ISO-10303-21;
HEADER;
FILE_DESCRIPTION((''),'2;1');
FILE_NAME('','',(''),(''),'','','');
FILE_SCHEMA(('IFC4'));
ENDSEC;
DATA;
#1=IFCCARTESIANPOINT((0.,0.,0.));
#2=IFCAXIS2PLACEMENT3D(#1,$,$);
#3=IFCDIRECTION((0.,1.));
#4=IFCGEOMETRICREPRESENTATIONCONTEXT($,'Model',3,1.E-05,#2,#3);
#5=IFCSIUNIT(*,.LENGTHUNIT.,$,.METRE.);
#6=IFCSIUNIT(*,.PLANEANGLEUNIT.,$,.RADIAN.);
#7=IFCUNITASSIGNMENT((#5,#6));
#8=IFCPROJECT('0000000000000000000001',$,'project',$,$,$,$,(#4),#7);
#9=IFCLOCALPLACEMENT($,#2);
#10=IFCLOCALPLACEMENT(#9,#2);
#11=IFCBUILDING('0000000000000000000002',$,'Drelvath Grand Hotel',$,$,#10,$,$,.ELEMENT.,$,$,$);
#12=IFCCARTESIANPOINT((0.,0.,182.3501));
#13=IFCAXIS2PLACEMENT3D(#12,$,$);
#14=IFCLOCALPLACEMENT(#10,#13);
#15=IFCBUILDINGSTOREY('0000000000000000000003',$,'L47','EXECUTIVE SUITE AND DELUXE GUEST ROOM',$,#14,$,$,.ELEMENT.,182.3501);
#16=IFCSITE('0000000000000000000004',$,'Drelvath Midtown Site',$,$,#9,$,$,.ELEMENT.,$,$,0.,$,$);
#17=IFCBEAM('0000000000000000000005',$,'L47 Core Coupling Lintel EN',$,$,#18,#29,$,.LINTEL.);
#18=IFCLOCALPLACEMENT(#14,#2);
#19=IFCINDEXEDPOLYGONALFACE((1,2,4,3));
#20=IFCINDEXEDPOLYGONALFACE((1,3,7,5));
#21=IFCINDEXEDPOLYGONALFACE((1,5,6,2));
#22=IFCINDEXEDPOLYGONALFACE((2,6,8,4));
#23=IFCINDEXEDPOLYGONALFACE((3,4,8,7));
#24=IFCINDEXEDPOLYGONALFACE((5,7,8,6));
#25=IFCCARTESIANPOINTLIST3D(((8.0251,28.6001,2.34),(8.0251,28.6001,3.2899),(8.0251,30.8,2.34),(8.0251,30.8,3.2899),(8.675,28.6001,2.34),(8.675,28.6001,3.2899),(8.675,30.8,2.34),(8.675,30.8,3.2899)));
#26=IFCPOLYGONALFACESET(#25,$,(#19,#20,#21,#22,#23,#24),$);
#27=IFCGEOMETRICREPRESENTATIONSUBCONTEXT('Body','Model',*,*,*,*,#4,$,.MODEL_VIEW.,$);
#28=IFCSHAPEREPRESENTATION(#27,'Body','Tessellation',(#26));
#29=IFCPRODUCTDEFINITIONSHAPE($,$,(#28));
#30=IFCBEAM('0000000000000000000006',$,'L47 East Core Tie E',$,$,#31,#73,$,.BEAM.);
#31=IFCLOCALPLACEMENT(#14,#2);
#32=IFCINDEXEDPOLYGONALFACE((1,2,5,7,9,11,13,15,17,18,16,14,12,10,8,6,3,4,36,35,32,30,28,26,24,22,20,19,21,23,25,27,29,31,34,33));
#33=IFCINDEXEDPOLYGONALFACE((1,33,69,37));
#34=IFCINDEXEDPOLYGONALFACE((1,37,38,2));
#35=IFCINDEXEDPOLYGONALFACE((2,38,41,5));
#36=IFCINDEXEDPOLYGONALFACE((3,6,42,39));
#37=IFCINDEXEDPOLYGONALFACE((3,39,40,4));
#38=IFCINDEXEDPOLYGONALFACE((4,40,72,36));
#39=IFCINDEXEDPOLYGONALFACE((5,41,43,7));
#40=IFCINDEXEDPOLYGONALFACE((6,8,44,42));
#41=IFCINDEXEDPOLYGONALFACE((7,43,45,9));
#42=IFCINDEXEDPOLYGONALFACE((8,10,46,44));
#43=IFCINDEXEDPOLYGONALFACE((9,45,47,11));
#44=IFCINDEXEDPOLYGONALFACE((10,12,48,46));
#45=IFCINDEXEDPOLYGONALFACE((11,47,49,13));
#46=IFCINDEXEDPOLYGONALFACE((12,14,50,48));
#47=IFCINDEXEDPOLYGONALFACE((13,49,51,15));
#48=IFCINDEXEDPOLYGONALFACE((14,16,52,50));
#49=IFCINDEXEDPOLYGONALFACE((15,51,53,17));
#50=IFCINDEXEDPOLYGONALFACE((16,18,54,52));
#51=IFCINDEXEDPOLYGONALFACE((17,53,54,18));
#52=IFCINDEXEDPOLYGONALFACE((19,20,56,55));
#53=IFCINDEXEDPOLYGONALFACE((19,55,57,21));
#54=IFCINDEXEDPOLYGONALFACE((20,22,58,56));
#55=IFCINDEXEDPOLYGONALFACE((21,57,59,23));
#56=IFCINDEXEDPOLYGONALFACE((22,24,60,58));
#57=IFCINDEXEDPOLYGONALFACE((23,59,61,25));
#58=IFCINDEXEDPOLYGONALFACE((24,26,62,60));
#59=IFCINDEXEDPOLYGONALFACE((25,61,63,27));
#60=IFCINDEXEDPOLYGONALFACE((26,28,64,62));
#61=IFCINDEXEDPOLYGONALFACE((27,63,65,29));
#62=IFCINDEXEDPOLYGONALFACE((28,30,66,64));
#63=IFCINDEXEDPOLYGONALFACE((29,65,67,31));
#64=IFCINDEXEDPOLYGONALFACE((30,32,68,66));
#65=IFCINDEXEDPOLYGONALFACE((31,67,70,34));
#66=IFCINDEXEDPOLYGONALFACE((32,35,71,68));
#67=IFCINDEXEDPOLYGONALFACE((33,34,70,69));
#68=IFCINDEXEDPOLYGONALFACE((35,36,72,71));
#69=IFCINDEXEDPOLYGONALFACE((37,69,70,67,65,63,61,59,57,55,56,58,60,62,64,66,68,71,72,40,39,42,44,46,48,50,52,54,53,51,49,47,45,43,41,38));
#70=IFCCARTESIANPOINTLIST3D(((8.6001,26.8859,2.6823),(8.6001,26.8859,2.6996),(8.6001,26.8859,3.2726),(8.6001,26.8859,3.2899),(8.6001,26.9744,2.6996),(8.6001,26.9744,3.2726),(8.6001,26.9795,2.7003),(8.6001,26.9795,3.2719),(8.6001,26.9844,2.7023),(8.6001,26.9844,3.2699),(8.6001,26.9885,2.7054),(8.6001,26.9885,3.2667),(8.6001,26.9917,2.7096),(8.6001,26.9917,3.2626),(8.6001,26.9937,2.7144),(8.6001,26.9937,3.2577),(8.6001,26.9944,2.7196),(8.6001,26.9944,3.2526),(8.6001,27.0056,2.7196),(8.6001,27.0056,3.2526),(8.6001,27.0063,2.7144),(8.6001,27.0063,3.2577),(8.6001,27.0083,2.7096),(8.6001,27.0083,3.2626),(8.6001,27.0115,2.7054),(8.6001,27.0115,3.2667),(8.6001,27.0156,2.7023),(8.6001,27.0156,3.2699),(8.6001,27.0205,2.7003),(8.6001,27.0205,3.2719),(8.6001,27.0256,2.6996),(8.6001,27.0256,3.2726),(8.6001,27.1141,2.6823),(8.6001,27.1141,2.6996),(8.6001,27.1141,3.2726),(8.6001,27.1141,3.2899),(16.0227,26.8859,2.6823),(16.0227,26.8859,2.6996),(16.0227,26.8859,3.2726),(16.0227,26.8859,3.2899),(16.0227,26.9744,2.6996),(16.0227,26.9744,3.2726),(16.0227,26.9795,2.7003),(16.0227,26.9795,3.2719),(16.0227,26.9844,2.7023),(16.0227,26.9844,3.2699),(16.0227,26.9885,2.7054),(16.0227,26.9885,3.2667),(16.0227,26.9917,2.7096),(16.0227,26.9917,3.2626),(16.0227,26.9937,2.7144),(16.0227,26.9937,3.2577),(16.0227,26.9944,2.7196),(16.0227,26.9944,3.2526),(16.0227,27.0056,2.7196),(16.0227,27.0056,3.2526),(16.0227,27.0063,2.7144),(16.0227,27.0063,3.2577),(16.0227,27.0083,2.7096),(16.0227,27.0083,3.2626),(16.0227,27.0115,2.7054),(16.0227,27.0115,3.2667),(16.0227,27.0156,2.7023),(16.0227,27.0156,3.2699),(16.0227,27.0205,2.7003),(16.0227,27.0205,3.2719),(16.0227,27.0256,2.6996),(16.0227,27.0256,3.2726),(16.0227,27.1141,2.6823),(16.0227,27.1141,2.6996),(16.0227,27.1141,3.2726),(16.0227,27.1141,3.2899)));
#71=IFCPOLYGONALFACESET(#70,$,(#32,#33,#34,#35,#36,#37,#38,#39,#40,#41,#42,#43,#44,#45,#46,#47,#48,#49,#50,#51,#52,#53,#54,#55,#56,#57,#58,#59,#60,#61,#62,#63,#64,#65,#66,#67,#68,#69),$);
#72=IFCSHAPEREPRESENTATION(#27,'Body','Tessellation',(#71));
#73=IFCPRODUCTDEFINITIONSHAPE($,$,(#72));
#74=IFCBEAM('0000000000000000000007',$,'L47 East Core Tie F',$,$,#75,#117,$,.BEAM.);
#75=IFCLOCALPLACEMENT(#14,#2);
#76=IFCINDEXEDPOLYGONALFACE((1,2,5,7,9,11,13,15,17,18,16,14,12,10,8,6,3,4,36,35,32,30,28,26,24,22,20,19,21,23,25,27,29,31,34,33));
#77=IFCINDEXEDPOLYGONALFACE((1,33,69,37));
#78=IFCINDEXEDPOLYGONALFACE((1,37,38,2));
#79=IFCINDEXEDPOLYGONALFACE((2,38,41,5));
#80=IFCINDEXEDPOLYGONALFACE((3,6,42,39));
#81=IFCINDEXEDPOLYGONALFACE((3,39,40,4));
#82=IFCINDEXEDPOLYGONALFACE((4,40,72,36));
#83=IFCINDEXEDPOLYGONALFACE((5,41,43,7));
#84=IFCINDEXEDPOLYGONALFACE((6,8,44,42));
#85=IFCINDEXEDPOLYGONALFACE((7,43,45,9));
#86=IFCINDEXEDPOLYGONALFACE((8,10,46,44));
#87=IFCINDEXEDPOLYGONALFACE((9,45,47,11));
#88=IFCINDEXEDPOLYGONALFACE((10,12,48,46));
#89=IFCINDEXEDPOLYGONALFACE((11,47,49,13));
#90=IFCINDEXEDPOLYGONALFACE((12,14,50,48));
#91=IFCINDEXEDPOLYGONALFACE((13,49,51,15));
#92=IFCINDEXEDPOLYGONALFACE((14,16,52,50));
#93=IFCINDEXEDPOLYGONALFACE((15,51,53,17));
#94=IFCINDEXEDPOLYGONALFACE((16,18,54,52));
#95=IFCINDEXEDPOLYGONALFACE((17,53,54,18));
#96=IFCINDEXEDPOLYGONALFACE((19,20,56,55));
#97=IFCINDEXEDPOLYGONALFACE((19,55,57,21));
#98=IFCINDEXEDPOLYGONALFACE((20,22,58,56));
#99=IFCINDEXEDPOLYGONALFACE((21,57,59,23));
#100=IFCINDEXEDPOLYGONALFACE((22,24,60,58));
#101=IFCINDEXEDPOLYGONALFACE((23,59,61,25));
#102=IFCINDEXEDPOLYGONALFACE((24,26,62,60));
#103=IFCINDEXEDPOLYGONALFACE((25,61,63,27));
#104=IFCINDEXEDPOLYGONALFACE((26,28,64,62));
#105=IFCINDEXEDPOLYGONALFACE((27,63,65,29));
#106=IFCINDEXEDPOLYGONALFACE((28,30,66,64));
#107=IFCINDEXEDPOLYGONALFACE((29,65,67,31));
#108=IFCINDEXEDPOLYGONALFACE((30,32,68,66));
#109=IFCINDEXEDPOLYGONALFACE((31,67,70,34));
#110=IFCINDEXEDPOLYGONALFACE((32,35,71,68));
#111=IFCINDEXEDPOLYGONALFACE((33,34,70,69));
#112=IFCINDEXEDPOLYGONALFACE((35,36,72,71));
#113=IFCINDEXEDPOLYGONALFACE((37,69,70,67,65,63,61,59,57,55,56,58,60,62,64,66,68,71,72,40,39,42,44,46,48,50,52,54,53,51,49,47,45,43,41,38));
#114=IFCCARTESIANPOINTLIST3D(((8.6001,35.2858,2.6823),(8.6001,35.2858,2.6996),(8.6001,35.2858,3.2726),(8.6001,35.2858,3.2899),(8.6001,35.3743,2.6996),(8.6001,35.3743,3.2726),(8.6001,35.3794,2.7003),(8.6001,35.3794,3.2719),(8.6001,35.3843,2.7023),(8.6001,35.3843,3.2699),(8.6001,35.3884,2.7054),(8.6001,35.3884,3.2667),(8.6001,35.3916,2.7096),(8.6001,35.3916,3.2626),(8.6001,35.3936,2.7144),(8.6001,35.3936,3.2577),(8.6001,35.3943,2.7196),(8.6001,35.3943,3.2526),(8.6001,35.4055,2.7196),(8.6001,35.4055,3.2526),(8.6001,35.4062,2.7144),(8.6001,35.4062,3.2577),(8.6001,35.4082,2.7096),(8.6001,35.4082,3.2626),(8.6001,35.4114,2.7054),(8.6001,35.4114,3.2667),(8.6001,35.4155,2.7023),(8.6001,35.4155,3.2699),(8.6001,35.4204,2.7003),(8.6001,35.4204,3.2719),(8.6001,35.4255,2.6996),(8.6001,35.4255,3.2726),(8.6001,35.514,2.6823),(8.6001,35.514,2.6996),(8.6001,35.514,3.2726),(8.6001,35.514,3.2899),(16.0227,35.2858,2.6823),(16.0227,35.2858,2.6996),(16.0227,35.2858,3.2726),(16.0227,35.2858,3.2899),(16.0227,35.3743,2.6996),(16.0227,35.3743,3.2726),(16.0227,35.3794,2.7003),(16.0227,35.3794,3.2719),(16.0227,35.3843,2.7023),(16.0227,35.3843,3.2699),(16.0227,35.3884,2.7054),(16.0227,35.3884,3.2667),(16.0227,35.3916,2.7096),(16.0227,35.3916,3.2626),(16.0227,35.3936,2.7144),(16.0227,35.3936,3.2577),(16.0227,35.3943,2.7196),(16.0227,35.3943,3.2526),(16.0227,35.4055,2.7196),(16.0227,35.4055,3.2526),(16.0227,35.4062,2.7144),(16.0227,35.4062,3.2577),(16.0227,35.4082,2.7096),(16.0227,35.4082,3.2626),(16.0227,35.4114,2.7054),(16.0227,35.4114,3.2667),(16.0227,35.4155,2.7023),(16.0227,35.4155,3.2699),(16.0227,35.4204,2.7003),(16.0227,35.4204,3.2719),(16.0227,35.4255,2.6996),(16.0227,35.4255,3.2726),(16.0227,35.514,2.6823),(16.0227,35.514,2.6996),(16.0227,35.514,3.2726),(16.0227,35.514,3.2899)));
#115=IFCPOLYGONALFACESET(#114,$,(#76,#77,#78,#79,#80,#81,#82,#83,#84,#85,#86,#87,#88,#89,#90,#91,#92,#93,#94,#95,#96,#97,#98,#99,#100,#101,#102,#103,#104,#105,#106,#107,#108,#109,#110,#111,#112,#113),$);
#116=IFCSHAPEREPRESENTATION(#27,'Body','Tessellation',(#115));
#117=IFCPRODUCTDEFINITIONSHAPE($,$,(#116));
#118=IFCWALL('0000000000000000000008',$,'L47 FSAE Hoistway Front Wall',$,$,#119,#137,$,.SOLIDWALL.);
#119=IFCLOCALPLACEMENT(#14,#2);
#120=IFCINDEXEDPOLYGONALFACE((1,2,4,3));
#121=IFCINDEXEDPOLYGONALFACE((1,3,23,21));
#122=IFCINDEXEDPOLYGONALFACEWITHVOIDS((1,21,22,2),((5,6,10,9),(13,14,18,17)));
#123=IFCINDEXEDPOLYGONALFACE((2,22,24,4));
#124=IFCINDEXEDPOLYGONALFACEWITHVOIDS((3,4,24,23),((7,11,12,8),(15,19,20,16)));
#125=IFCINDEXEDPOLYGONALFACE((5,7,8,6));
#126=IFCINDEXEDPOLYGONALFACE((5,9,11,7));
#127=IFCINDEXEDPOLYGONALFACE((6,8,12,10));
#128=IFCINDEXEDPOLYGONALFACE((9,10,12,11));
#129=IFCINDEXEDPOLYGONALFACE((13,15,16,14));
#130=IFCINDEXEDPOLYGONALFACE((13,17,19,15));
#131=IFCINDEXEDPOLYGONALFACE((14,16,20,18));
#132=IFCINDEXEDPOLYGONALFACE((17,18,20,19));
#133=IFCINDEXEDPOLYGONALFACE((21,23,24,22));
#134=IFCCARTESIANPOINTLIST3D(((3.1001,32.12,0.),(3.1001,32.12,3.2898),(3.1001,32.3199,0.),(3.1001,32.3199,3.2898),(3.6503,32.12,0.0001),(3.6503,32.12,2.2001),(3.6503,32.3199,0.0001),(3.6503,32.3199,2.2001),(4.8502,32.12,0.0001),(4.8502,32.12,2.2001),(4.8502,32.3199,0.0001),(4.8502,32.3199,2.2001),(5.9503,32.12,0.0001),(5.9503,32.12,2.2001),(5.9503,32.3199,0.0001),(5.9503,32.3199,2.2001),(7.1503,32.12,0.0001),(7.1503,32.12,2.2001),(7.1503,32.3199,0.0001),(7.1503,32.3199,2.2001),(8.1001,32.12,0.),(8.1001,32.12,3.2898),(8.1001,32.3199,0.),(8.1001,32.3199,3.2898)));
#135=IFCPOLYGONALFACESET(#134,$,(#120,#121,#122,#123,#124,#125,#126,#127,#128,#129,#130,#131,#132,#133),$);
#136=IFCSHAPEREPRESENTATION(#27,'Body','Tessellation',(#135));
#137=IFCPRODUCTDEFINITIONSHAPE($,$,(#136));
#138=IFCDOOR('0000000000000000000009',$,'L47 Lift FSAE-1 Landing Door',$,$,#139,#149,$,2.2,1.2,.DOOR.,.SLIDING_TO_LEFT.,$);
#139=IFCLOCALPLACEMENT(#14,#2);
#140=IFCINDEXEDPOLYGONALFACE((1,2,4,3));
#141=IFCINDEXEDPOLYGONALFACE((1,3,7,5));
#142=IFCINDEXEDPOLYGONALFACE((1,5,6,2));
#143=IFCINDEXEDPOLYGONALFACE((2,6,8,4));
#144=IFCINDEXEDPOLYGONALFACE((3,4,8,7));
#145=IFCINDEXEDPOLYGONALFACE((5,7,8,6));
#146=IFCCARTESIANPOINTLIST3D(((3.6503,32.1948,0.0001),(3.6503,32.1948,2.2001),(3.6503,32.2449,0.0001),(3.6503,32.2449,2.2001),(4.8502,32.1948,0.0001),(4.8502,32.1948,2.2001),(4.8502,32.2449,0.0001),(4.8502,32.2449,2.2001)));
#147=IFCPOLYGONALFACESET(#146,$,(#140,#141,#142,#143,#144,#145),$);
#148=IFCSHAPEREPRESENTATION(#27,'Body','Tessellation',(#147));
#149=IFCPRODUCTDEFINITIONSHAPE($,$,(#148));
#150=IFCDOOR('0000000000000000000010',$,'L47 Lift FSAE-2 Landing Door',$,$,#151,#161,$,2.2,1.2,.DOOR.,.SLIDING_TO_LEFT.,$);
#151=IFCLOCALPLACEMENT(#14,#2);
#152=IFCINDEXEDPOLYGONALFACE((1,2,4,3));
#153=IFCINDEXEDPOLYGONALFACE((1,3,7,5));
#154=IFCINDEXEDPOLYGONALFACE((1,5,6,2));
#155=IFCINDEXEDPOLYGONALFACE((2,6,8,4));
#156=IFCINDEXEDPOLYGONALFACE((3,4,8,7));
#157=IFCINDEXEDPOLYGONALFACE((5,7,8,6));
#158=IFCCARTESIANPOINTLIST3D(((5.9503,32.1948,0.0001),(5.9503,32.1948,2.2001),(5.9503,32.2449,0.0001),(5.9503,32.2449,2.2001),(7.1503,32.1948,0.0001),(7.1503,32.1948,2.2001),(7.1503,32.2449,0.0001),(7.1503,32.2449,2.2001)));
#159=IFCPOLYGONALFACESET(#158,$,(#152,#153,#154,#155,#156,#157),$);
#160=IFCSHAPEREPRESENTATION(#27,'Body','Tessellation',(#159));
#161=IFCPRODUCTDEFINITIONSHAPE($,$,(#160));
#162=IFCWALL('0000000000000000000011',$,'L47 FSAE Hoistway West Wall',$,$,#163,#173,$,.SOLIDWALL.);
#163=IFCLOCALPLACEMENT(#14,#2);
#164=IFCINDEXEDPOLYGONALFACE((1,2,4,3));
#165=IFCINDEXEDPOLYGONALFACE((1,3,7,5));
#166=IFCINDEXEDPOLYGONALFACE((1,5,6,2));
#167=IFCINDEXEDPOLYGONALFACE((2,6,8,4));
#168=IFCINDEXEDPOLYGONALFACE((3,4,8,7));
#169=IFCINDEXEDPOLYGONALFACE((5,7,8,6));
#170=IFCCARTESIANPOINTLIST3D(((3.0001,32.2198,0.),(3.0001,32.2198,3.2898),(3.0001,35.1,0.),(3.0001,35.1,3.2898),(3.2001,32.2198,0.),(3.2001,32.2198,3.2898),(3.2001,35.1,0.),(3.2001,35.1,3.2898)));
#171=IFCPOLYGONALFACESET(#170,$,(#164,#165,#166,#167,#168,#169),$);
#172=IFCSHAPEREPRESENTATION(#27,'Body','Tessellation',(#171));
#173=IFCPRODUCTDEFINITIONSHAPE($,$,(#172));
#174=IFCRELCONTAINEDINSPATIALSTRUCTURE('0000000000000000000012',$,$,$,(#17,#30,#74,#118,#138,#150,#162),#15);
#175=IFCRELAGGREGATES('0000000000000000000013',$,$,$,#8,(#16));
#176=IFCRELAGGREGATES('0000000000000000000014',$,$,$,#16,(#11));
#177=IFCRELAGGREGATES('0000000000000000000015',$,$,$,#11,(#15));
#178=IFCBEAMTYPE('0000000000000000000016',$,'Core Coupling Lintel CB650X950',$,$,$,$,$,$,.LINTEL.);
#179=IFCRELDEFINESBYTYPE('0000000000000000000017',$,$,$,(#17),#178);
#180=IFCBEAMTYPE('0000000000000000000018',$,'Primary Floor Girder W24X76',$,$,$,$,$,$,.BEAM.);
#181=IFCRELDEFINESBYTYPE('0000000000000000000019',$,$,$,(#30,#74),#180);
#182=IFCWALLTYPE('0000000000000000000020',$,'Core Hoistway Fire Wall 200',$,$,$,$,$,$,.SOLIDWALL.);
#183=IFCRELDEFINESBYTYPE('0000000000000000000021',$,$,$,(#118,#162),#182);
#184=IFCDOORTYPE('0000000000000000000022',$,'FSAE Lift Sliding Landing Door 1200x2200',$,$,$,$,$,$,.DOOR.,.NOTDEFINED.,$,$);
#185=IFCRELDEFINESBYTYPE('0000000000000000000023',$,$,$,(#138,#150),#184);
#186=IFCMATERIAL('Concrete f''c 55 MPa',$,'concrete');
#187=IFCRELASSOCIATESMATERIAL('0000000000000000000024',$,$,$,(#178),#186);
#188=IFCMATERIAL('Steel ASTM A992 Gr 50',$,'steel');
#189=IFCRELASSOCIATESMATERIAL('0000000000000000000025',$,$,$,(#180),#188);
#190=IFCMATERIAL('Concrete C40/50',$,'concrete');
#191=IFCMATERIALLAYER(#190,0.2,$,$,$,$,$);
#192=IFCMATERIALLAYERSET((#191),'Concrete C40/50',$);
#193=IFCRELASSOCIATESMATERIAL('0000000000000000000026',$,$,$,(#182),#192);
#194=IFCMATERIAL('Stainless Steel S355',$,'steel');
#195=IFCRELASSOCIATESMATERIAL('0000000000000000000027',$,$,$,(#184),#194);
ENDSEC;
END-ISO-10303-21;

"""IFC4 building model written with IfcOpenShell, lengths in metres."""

from ifc_helpers import new_model, si_unit, direction, frame, frame_2d, origin, origin_2d, place, context, subcontext, project, spatial, rectangle, i_section, extrude, material, layer, layer_set, material_profile, profile_set, type_object, element, fill, save


model = new_model("IFC4")

# Units and contexts
model_context = context("Model", 3, precision=1e-05, world=origin(), true_north=direction((0.0, 1.0)))
body_context = subcontext(model_context, "Body", "Model", "MODEL_VIEW")
ifc_project = project(units=[si_unit("LENGTHUNIT", "METRE"), si_unit("PLANEANGLEUNIT", "RADIAN")], contexts=[model_context])

# Site, building, storey
site_placement = place(None, origin())
site = spatial("IfcSite", under=ifc_project, at=site_placement, Name="Drelvath Midtown Site", CompositionType="ELEMENT", RefElevation=0.0)
building_placement = place(site_placement, origin())
building = spatial("IfcBuilding", under=site, at=building_placement, Name="Drelvath Grand Hotel", CompositionType="ELEMENT")
storey_placement = place(building_placement, frame((0.0, 0.0, 182.3501)))
storey = spatial("IfcBuildingStorey", under=building, at=storey_placement, Name="L47", Description="EXECUTIVE SUITE AND DELUXE GUEST ROOM", CompositionType="ELEMENT", Elevation=182.3501)

# Beams
ifc_material_1 = material(Name="Concrete f'c 55 MPa", Category="concrete")
ifc_material_profile_1 = material_profile(ifc_material_1, rectangle(XDim=0.6499, YDim=0.95, at=origin_2d()), Name="CB650X950")
ifc_profile_set_1 = profile_set([ifc_material_profile_1], Name="Concrete f'c 55 MPa")
beam_type_1 = type_object("IfcBeamType", Name="Core Coupling Lintel CB650X950", PredefinedType="LINTEL", material=ifc_profile_set_1)
beam_placement = place(storey_placement, frame((8.3501, 28.6001, 2.8149), z_axis=(0.0, 1.0, 0.0), x_axis=(-1.0, 0.0, 0.0)))
element("IfcBeam", 1, at=beam_placement, inside=storey, type_object=beam_type_1, Name="L47 Core Coupling Lintel EN", PredefinedType="LINTEL", context=body_context, shape_type="SweptSolid", body=[
    extrude(rectangle(XDim=0.6499, YDim=0.95, at=origin_2d()), origin(), (0.0, 0.0, 1.0), 2.2),
])
ifc_material_2 = material(Name="Steel ASTM A992 Gr 50", Category="steel")
ifc_material_profile_2 = material_profile(ifc_material_2, i_section(OverallWidth=0.2283, OverallDepth=0.6077, WebThickness=0.0112, FlangeThickness=0.0173, FilletRadius=0.02, at=origin_2d()), Name="W24X76")
ifc_profile_set_2 = profile_set([ifc_material_profile_2], Name="Steel ASTM A992 Gr 50")
beam_type_2 = type_object("IfcBeamType", Name="Primary Floor Girder W24X76", PredefinedType="BEAM", material=ifc_profile_set_2)
for number, where, z_axis, x_axis, name in (
    (2, (8.6001, 27.0, 2.9861), (1.0, 0.0, 0.0), (0.0, 1.0, 0.0), "L47 East Core Tie E"),
    (3, (8.6001, 35.3999, 2.9861), (1.0, 0.0, 0.0), (0.0, 1.0, 0.0), "L47 East Core Tie F"),
):
    element("IfcBeam", number, at=place(storey_placement, frame(where, z_axis=z_axis, x_axis=x_axis)), inside=storey, type_object=beam_type_2, Name=name, PredefinedType="BEAM", context=body_context, shape_type="SweptSolid", body=[
        extrude(i_section(OverallWidth=0.2283, OverallDepth=0.6077, WebThickness=0.0112, FlangeThickness=0.0173, FilletRadius=0.02, at=origin_2d()), origin(), (0.0, 0.0, 1.0), 7.4226),
    ])

# Wall, openings, doors
ifc_material_3 = material(Name="Concrete C40/50", Category="concrete")
ifc_layer_1 = layer(ifc_material_3, 0.2)
ifc_layer_set_1 = layer_set([ifc_layer_1], Name="Concrete C40/50")
wall_type_1 = type_object("IfcWallType", Name="Core Hoistway Fire Wall 200", PredefinedType="SOLIDWALL", material=ifc_layer_set_1)
wall_1_placement = place(storey_placement, frame((3.1001, 32.22, 0.0), z_axis=(0.0, 0.0, 1.0), x_axis=(1.0, 0.0, 0.0)))
wall_1 = element("IfcWall", 4, at=wall_1_placement, inside=storey, type_object=wall_type_1, Name="L47 FSAE Hoistway Front Wall", PredefinedType="SOLIDWALL", context=body_context, shape_type="SweptSolid", body=[
    extrude(rectangle(XDim=5.0, YDim=0.2, at=frame_2d((2.5, 0.0))), origin(), (0.0, 0.0, 1.0), 3.2898),
])
opening_1_placement = place(wall_1_placement, frame((0.55, 0.0, 0.0)))
opening_1 = element("IfcOpeningElement", 5, at=opening_1_placement, cuts=wall_1, PredefinedType="OPENING", context=body_context, shape_type="SweptSolid", body=[
    extrude(rectangle(XDim=1.2, YDim=2.2, at=frame_2d((0.6001, 1.1001))), frame((0.0, 0.1099, 0.0), z_axis=(0.0, -1.0, 0.0), x_axis=(1.0, 0.0, 0.0)), (0.0, 0.0, 1.0), 0.22),
])
opening_2_placement = place(wall_1_placement, frame((2.8501, 0.0, 0.0)))
opening_2 = element("IfcOpeningElement", 6, at=opening_2_placement, cuts=wall_1, PredefinedType="OPENING", context=body_context, shape_type="SweptSolid", body=[
    extrude(rectangle(XDim=1.2, YDim=2.2, at=frame_2d((0.6001, 1.1001))), frame((0.0, 0.1099, 0.0), z_axis=(0.0, -1.0, 0.0), x_axis=(1.0, 0.0, 0.0)), (0.0, 0.0, 1.0), 0.22),
])
ifc_material_4 = material(Name="Stainless Steel S355", Category="steel")
door_type_1 = type_object("IfcDoorType", Name="FSAE Lift Sliding Landing Door 1200x2200", OperationType="NOTDEFINED", PredefinedType="DOOR", material=ifc_material_4)
door_1_placement = place(opening_1_placement, origin())
door_1 = element("IfcDoor", 7, at=door_1_placement, inside=storey, type_object=door_type_1, Name="L47 Lift FSAE-1 Landing Door", OperationType="SLIDING_TO_LEFT", OverallHeight=2.2, OverallWidth=1.2, PredefinedType="DOOR", context=body_context, shape_type="SweptSolid", body=[
    extrude(rectangle(XDim=1.2, YDim=2.2, at=frame_2d((0.6001, 1.1001))), frame((0.0, 0.0249, 0.0), z_axis=(0.0, -1.0, 0.0), x_axis=(1.0, 0.0, 0.0)), (0.0, 0.0, 1.0), 0.05),
])
fill(opening_1, door_1)
door_2_placement = place(opening_2_placement, origin())
door_2 = element("IfcDoor", 8, at=door_2_placement, inside=storey, type_object=door_type_1, Name="L47 Lift FSAE-2 Landing Door", OperationType="SLIDING_TO_LEFT", OverallHeight=2.2, OverallWidth=1.2, PredefinedType="DOOR", context=body_context, shape_type="SweptSolid", body=[
    extrude(rectangle(XDim=1.2, YDim=2.2, at=frame_2d((0.6001, 1.1001))), frame((0.0, 0.0249, 0.0), z_axis=(0.0, -1.0, 0.0), x_axis=(1.0, 0.0, 0.0)), (0.0, 0.0, 1.0), 0.05),
])
fill(opening_2, door_2)

# Wall
wall_2_placement = place(storey_placement, frame((3.1001, 32.22, 0.0), z_axis=(0.0, 0.0, 1.0), x_axis=(0.0, 1.0, 0.0)))
element("IfcWall", 9, at=wall_2_placement, inside=storey, type_object=wall_type_1, Name="L47 FSAE Hoistway West Wall", PredefinedType="SOLIDWALL", context=body_context, shape_type="SweptSolid", body=[
    extrude(rectangle(XDim=2.8801, YDim=0.2, at=frame_2d((1.4399, 0.0))), origin(), (0.0, 0.0, 1.0), 3.2898),
])

save(model, "model.ifc")
